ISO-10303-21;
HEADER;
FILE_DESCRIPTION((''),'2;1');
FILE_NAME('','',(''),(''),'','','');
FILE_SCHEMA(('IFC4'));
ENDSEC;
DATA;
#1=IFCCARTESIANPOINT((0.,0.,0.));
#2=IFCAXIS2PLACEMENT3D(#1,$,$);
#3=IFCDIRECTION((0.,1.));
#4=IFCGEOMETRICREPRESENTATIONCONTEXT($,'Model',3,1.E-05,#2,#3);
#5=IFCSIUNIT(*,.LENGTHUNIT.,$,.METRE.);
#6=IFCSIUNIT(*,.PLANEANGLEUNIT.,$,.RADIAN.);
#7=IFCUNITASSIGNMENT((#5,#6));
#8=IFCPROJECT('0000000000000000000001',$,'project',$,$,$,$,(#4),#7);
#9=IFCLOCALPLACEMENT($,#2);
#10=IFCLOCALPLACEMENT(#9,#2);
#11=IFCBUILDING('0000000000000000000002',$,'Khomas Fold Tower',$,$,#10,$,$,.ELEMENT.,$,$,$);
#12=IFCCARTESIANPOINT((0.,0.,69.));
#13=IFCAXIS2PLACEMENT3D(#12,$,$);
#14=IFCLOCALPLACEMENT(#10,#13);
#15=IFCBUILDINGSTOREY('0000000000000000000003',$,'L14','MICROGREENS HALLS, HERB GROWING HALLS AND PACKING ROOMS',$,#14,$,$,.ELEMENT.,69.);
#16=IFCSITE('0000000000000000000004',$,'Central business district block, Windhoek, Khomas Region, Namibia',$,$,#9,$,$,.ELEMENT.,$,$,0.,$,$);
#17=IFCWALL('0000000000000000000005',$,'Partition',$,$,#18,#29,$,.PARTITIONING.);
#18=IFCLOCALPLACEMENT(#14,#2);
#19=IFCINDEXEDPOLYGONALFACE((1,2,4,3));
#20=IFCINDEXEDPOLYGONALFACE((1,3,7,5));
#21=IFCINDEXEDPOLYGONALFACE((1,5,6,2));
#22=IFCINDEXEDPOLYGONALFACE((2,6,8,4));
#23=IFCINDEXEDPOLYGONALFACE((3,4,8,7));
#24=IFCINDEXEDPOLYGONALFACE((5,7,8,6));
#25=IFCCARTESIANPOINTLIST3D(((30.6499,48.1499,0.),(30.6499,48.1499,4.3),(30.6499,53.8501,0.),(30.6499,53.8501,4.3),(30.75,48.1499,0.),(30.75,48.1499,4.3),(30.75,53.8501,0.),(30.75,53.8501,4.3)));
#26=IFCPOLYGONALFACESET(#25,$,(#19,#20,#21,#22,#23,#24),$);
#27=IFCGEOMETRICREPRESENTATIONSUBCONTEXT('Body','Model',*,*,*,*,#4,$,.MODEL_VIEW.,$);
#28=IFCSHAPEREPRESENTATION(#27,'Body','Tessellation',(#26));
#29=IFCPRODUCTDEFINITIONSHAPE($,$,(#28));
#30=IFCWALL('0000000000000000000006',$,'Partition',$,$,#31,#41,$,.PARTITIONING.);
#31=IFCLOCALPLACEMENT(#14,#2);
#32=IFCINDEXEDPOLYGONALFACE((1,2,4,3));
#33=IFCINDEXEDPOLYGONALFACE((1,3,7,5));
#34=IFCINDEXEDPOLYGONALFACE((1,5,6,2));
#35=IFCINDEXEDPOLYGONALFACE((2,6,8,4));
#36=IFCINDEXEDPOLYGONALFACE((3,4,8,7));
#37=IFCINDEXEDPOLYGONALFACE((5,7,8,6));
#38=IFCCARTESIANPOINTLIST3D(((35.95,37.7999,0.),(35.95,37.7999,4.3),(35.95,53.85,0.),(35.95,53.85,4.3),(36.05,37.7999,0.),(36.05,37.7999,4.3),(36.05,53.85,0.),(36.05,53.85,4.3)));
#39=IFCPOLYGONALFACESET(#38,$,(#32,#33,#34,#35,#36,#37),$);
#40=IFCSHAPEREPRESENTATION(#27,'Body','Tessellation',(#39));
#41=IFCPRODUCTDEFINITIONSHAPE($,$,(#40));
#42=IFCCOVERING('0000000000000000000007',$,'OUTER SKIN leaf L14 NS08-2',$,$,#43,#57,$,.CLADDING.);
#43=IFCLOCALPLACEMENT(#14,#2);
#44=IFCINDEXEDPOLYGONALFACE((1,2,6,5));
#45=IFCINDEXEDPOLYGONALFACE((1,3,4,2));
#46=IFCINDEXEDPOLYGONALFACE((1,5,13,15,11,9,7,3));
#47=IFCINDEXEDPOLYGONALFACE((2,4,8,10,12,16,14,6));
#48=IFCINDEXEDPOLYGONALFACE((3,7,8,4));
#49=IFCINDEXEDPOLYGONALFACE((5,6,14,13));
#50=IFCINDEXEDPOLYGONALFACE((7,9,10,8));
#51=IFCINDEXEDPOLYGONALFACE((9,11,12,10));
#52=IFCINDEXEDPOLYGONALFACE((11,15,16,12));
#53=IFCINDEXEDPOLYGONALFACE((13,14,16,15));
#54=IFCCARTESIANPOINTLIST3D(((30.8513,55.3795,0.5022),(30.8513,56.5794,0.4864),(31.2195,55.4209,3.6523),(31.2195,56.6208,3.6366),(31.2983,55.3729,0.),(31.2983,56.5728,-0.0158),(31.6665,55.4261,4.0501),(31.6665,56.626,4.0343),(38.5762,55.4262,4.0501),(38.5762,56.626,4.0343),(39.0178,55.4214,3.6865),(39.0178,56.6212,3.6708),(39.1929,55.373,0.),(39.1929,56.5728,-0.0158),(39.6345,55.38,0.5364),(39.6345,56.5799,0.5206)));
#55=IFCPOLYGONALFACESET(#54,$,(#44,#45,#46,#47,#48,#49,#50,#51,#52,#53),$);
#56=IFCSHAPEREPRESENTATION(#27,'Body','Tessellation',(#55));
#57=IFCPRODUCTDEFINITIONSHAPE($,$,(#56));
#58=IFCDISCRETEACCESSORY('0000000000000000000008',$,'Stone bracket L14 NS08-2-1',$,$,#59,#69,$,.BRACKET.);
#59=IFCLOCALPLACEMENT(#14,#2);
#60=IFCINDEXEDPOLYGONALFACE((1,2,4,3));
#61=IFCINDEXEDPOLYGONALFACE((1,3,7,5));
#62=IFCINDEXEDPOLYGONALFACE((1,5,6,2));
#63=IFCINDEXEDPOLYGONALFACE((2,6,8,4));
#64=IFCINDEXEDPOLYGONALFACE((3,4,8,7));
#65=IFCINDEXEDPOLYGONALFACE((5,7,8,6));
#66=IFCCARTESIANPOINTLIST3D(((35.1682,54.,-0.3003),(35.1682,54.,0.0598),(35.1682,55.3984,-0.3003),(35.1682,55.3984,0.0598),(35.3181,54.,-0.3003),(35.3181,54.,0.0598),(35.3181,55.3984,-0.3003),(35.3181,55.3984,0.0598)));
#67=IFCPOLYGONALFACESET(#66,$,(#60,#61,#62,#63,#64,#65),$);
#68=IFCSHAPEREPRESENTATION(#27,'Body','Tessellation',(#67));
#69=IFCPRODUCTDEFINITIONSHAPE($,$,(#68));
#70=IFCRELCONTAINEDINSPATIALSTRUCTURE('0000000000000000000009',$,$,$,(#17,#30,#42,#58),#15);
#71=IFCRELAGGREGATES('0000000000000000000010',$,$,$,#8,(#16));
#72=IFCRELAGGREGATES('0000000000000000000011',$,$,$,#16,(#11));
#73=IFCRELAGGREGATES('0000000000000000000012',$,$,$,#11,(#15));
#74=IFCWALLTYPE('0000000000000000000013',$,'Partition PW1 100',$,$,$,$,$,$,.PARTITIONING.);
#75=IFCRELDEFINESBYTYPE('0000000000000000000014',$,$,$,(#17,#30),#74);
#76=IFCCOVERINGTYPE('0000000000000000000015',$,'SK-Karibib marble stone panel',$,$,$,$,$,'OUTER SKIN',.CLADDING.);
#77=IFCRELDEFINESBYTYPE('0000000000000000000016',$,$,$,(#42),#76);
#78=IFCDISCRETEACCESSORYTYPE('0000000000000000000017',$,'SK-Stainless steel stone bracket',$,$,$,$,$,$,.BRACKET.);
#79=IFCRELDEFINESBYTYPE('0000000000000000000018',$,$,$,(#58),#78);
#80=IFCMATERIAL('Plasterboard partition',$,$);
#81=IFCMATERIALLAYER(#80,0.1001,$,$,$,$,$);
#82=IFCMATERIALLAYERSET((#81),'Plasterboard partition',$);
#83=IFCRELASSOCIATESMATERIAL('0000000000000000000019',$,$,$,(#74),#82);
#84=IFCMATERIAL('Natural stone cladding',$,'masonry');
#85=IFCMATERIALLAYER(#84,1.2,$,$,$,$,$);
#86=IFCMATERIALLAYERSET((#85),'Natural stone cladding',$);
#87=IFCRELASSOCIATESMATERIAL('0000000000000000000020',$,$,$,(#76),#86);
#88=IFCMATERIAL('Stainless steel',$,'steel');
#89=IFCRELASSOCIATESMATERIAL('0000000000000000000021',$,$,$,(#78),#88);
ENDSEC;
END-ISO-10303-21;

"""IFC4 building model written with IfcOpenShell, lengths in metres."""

from ifc_helpers import new_model, si_unit, direction, frame, frame_2d, origin, origin_2d, place, context, subcontext, project, spatial, polyline, rectangle, outline, extrude, source, transform, mapped, material, layer, layer_set, type_object, element, save


model = new_model("IFC4")

# Units and contexts
model_context = context("Model", 3, precision=1e-05, world=origin(), true_north=direction((0.0, 1.0)))
body_context = subcontext(model_context, "Body", "Model", "MODEL_VIEW")
ifc_project = project(units=[si_unit("LENGTHUNIT", "METRE"), si_unit("PLANEANGLEUNIT", "RADIAN")], contexts=[model_context])

# Site, building, storey
site_placement = place(None, origin())
site = spatial("IfcSite", under=ifc_project, at=site_placement, Name="Central business district block, Windhoek, Khomas Region, Namibia", CompositionType="ELEMENT", RefElevation=0.0)
building_placement = place(site_placement, origin())
building = spatial("IfcBuilding", under=site, at=building_placement, Name="Khomas Fold Tower", CompositionType="ELEMENT")
storey_placement = place(building_placement, frame((0.0, 0.0, 69.0)))
storey = spatial("IfcBuildingStorey", under=building, at=storey_placement, Name="L14", Description="MICROGREENS HALLS, HERB GROWING HALLS AND PACKING ROOMS", CompositionType="ELEMENT", Elevation=69.0)

# Walls
ifc_material_1 = material(Name="Plasterboard partition")
ifc_layer_1 = layer(ifc_material_1, 0.1001)
ifc_layer_set_1 = layer_set([ifc_layer_1], Name="Plasterboard partition")
wall_type = type_object("IfcWallType", Name="Partition PW1 100", PredefinedType="PARTITIONING", material=ifc_layer_set_1)
shared_shape_1 = source(origin(), body_context, "Body", "SweptSolid", [
    extrude(rectangle(XDim=5.7002, YDim=0.1001, at=frame_2d((2.8501, 0.0))), origin(), (0.0, 0.0, 1.0), 4.3),
])
wall_1_placement = place(storey_placement, frame((30.7, 48.1499, 0.0), z_axis=(0.0, 0.0, 1.0), x_axis=(0.0, 1.0, 0.0)))
element("IfcWall", 1, at=wall_1_placement, inside=storey, type_object=wall_type, Name="Partition", PredefinedType="PARTITIONING", context=body_context, shape_type="MappedRepresentation", body=[
    mapped(shared_shape_1, transform((0.0, 0.0, 0.0))),
])
shared_shape_2 = source(origin(), body_context, "Body", "SweptSolid", [
    extrude(rectangle(XDim=16.05, YDim=0.1001, at=frame_2d((8.0249, 0.0))), origin(), (0.0, 0.0, 1.0), 4.3),
])
wall_2_placement = place(storey_placement, frame((36.0, 37.8, 0.0), z_axis=(0.0, 0.0, 1.0), x_axis=(0.0, 1.0, 0.0)))
element("IfcWall", 2, at=wall_2_placement, inside=storey, type_object=wall_type, Name="Partition", PredefinedType="PARTITIONING", context=body_context, shape_type="MappedRepresentation", body=[
    mapped(shared_shape_2, transform((0.0, 0.0, 0.0))),
])

# Covering
ifc_material_2 = material(Name="Natural stone cladding", Category="masonry")
ifc_layer_2 = layer(ifc_material_2, 1.2)
ifc_layer_set_2 = layer_set([ifc_layer_2], Name="Natural stone cladding")
covering_type = type_object("IfcCoveringType", Name="SK-Karibib marble stone panel", ElementType="OUTER SKIN", PredefinedType="CLADDING", material=ifc_layer_set_2)
covering_placement = place(storey_placement, frame((39.0178, 55.4214, 3.6865), z_axis=(0.000004, -0.999914, 0.013137), x_axis=(0.192106, -0.012891, -0.98129)))
element("IfcCovering", 3, at=covering_placement, inside=storey, type_object=covering_type, Name="OUTER SKIN leaf L14 NS08-2", PredefinedType="CLADDING", context=body_context, shape_type="SweptSolid", body=[
    extrude(outline(polyline([(0.0, 0.0), (3.2102, 0.0), (3.6518, -0.5365), (2.1352, -8.284), (1.5565, -8.6262), (-1.4646, -7.6597), (-1.769, -7.1446), (-0.4416, -0.3636), (0.0, 0.0)])), origin(), (0.0, 0.0, -1.0), 1.2),
])

# Discrete accessory
ifc_material_3 = material(Name="Stainless steel", Category="steel")
discrete_accessory_type = type_object("IfcDiscreteAccessoryType", Name="SK-Stainless steel stone bracket", PredefinedType="BRACKET", material=ifc_material_3)
shared_shape_3 = source(origin(), body_context, "Body", "SweptSolid", [
    extrude(rectangle(XDim=1.3984, YDim=0.1499, at=origin_2d()), origin(), (0.0, 0.0, 1.0), 0.3601),
])
discrete_accessory_placement = place(storey_placement, frame((35.2432, 54.6992, -0.3003), z_axis=(0.0, 0.0, 1.0), x_axis=(0.0, 1.0, 0.0)))
element("IfcDiscreteAccessory", 4, at=discrete_accessory_placement, inside=storey, type_object=discrete_accessory_type, Name="Stone bracket L14 NS08-2-1", PredefinedType="BRACKET", context=body_context, shape_type="MappedRepresentation", body=[
    mapped(shared_shape_3, transform((0.0, 0.0, 0.0))),
])

save(model, "model.ifc")
